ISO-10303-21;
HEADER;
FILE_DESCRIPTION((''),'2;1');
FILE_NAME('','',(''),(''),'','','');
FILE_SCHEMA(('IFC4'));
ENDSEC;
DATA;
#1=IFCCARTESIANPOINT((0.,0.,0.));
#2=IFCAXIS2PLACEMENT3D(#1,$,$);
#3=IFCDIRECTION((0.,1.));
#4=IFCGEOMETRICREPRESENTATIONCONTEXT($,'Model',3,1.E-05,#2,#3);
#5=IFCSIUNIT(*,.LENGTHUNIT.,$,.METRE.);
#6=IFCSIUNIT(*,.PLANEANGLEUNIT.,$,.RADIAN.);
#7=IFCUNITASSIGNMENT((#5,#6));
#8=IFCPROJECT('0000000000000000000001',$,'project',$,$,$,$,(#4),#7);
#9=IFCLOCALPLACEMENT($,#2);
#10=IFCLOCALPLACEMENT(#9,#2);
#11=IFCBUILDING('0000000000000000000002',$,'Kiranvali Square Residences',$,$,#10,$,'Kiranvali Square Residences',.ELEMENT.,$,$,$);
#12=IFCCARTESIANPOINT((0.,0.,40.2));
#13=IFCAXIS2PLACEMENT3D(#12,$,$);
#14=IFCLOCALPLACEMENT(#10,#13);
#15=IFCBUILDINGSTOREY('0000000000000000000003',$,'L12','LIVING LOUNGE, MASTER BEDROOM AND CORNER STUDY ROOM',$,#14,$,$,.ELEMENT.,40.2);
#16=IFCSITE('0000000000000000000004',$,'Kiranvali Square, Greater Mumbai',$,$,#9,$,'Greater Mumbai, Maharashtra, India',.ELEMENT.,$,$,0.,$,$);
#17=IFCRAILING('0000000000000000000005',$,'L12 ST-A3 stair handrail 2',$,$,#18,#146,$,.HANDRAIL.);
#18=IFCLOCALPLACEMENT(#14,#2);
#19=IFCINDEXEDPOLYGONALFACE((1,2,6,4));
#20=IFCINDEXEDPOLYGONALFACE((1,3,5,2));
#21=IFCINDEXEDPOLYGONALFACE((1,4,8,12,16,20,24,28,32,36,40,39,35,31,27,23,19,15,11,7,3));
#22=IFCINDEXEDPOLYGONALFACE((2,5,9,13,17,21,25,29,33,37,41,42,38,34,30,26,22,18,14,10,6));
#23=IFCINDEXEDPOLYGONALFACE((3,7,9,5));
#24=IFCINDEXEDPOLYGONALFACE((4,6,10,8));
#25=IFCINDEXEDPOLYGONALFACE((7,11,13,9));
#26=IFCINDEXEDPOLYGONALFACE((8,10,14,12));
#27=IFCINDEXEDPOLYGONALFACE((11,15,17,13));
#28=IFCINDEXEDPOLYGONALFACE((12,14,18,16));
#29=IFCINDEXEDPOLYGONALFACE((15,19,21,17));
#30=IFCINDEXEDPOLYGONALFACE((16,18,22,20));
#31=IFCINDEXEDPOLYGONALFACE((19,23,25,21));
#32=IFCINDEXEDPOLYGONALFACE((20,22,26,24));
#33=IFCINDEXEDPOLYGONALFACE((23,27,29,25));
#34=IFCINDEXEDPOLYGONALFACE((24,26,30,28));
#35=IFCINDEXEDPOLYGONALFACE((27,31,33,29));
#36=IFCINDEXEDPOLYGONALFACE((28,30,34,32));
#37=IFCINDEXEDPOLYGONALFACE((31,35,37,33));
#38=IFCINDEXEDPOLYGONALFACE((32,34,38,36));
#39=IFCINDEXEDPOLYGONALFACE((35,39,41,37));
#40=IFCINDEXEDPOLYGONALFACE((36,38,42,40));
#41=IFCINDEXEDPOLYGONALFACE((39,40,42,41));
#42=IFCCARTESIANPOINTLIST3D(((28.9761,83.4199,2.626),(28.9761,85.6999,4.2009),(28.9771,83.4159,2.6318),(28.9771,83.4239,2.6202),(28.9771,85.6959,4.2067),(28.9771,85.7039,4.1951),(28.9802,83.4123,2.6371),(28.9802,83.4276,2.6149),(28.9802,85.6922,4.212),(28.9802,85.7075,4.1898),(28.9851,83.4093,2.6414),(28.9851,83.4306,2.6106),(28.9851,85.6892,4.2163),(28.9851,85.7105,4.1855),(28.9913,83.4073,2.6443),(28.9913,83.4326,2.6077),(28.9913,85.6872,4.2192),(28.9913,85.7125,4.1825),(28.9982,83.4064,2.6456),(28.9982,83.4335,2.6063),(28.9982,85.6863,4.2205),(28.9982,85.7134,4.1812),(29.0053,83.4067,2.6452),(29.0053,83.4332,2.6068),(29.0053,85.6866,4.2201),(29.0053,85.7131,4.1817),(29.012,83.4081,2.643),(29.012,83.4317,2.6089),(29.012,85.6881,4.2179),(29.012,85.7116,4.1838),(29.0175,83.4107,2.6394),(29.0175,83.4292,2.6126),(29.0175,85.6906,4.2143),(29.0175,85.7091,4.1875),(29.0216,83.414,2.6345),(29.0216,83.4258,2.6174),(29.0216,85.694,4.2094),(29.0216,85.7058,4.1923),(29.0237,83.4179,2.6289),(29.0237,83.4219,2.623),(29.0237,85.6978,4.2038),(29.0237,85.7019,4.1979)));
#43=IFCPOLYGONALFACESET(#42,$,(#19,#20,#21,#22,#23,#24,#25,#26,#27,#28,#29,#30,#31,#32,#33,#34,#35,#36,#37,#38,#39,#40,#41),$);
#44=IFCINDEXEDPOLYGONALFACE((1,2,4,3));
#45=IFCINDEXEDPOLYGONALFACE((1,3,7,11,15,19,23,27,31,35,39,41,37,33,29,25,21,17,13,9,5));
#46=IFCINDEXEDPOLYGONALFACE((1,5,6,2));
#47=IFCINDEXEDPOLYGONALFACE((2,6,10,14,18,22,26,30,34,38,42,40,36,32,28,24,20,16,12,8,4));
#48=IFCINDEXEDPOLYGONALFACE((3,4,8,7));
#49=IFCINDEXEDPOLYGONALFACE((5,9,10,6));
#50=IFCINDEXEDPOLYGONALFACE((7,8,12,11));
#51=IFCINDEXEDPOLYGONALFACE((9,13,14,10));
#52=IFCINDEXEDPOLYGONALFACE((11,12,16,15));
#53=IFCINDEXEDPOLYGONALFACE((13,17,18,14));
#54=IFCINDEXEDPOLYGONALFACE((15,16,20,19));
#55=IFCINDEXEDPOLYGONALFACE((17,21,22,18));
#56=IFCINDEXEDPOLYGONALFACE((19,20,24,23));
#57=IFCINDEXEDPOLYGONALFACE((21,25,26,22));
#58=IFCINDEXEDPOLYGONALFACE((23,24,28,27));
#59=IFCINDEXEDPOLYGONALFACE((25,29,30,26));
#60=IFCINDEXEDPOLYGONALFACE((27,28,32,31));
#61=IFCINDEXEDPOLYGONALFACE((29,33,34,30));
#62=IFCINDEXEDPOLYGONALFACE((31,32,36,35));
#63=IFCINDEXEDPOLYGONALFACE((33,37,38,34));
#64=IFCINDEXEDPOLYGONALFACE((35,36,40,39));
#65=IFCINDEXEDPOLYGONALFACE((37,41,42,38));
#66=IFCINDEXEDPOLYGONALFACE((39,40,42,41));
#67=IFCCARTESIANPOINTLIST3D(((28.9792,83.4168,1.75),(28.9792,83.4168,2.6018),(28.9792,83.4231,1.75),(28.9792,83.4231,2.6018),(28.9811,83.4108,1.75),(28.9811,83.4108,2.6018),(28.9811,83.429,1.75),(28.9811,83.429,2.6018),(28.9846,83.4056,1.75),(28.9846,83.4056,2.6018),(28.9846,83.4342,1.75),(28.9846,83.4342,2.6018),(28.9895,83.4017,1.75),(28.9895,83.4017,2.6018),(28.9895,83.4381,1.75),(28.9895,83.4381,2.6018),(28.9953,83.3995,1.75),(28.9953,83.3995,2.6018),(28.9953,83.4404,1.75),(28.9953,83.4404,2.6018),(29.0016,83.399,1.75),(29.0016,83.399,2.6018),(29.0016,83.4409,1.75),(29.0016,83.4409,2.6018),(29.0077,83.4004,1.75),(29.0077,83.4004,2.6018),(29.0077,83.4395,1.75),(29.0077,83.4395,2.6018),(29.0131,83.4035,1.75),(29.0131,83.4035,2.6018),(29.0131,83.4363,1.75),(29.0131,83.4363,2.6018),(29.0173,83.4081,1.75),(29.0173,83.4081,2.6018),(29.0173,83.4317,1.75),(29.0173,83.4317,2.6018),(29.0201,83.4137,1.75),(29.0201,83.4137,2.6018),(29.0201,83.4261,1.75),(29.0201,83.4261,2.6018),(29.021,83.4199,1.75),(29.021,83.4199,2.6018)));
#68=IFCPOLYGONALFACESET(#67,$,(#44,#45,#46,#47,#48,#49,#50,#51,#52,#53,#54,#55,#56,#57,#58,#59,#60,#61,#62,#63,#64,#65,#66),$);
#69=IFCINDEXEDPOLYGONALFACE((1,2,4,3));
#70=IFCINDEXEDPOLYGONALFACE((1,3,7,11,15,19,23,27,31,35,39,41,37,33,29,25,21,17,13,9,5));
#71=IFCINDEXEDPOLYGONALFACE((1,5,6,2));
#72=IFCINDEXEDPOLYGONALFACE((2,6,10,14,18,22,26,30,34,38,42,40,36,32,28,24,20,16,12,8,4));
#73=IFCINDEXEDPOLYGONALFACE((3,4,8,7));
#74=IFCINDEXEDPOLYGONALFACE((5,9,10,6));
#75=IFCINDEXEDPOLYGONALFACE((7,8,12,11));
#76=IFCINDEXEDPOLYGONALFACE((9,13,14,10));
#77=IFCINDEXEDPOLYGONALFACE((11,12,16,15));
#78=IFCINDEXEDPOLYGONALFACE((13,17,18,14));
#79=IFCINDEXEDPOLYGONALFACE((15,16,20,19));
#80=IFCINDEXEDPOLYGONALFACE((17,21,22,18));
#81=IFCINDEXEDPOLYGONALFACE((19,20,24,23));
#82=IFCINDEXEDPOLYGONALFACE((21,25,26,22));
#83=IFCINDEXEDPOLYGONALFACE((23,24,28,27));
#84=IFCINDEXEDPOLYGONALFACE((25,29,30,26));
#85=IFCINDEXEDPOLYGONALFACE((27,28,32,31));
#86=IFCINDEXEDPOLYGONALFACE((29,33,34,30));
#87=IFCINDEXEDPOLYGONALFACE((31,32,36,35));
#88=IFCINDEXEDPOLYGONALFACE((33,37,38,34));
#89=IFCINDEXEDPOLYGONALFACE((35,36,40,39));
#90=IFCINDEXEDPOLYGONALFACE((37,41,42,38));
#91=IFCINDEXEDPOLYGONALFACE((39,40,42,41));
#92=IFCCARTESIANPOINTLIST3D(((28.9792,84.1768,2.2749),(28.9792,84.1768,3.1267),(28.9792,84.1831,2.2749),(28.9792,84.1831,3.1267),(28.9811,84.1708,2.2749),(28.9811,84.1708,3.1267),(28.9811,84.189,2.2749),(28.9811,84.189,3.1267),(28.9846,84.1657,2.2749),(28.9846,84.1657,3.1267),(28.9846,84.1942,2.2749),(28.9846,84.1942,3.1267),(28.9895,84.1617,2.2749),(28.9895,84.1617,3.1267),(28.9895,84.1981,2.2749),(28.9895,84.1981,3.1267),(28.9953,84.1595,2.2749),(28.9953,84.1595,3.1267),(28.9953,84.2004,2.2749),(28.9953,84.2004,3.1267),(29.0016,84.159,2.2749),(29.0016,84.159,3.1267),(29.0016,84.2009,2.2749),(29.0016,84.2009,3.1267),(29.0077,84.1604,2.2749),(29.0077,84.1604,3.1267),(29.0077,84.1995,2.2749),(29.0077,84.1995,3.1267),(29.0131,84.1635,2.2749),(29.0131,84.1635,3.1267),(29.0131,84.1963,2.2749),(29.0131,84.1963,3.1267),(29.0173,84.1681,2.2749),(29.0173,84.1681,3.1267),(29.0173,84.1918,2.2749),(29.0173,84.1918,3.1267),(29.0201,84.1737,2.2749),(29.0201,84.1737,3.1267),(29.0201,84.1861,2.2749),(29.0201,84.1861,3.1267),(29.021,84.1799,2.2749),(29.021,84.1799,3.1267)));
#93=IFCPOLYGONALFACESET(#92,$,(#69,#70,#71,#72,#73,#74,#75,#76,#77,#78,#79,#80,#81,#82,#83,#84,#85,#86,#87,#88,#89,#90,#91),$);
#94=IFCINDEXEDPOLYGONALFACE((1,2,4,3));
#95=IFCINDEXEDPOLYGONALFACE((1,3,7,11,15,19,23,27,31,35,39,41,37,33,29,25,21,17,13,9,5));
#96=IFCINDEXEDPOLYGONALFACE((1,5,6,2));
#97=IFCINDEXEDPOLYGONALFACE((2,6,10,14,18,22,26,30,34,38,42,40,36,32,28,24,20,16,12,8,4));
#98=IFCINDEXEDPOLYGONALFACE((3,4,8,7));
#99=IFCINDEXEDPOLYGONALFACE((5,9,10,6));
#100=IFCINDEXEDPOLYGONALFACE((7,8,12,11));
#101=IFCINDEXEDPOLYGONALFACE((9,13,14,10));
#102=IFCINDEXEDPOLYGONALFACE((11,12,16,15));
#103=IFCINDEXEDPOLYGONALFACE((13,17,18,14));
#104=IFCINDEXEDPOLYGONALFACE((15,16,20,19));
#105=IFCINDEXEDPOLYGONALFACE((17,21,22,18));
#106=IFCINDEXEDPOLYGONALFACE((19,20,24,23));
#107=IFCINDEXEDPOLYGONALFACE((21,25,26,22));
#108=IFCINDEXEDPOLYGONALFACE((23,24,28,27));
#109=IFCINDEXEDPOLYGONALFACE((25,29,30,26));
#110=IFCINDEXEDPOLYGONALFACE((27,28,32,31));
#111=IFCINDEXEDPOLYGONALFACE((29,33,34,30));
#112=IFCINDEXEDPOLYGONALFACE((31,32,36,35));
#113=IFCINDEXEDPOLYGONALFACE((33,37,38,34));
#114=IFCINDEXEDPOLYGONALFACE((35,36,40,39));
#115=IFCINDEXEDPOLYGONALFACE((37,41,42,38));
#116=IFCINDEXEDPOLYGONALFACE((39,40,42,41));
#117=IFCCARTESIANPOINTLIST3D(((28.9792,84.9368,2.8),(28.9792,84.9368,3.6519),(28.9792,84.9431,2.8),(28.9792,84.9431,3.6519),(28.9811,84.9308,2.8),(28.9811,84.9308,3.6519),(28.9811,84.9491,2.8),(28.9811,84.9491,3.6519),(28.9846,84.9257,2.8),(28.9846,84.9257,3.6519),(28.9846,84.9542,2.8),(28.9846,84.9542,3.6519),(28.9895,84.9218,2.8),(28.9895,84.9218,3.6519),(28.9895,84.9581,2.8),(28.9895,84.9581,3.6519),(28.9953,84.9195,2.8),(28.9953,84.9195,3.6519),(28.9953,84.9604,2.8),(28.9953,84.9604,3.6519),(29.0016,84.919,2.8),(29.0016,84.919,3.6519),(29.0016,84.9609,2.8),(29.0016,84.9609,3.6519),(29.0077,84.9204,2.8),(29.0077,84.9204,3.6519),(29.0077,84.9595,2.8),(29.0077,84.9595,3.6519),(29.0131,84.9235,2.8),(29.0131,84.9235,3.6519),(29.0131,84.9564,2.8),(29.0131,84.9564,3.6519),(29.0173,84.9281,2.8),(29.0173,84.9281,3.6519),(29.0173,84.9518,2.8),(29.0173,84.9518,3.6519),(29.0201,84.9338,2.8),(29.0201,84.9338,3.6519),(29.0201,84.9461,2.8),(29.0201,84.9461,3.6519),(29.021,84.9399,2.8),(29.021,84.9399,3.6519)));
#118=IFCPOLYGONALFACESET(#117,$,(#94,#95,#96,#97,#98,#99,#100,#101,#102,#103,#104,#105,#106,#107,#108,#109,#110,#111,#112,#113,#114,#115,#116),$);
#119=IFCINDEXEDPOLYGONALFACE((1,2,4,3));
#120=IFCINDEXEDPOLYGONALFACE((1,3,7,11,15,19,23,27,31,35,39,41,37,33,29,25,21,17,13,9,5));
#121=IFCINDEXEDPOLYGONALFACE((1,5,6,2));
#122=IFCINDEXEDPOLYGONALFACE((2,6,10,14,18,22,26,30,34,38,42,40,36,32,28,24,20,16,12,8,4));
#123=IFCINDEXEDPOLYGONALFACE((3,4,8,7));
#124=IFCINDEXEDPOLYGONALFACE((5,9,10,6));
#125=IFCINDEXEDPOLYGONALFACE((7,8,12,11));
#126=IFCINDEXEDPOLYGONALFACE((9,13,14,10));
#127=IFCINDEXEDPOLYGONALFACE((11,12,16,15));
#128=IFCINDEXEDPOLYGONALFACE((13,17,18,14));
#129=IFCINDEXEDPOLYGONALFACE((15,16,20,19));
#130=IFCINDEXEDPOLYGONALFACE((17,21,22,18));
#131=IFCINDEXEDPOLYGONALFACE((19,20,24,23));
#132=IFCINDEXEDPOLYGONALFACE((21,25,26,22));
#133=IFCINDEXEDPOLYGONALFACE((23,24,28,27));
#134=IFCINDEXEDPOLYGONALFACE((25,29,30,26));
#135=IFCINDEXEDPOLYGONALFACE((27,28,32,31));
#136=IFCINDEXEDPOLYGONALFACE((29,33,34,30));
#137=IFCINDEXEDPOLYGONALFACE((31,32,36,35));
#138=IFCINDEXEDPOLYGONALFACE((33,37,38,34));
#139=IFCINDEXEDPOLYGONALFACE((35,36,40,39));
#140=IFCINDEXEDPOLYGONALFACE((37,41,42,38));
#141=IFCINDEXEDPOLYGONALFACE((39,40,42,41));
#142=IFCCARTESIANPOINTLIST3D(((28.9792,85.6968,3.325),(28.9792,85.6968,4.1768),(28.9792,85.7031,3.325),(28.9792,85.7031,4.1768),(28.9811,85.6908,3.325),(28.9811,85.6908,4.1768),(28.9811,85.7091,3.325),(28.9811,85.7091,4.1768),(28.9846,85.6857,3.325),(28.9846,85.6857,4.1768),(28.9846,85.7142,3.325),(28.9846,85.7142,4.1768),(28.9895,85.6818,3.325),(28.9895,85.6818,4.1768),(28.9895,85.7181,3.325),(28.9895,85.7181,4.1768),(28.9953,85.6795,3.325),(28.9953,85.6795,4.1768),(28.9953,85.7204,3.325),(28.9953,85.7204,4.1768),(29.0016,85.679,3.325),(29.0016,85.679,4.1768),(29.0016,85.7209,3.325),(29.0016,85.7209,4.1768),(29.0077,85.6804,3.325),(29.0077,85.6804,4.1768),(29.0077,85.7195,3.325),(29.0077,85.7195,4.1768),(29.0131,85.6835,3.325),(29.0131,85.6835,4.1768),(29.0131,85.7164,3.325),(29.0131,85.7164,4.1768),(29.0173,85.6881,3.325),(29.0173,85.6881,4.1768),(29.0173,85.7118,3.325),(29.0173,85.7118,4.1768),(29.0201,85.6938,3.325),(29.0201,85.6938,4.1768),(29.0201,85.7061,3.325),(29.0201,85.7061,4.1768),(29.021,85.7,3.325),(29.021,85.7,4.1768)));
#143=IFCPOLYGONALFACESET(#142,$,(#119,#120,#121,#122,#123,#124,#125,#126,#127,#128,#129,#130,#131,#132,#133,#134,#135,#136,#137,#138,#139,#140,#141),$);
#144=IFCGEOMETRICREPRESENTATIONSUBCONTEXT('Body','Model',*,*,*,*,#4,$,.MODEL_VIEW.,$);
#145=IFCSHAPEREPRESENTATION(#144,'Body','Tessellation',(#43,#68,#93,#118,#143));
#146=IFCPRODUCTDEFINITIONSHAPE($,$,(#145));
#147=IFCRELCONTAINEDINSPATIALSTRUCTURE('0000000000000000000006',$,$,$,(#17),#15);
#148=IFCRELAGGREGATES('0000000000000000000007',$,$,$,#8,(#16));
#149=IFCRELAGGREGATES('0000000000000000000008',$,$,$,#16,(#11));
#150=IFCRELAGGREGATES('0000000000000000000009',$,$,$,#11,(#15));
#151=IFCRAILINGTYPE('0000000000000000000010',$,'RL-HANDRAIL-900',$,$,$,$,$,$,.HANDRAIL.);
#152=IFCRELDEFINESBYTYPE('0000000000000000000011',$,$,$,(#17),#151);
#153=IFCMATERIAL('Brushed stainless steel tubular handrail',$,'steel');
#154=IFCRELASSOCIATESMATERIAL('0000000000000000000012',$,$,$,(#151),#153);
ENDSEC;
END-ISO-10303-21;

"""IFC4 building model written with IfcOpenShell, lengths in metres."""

from ifc_helpers import new_model, si_unit, direction, frame, origin, origin_2d, place, context, subcontext, project, spatial, circle, extrude, material, type_object, element, save


model = new_model("IFC4")

# Units and contexts
model_context = context("Model", 3, precision=1e-05, world=origin(), true_north=direction((0.0, 1.0)))
body_context = subcontext(model_context, "Body", "Model", "MODEL_VIEW")
ifc_project = project(units=[si_unit("LENGTHUNIT", "METRE"), si_unit("PLANEANGLEUNIT", "RADIAN")], contexts=[model_context])

# Site, building, storey
site_placement = place(None, origin())
site = spatial("IfcSite", under=ifc_project, at=site_placement, Name="Kiranvali Square, Greater Mumbai", LongName="Greater Mumbai, Maharashtra, India", CompositionType="ELEMENT", RefElevation=0.0)
building_placement = place(site_placement, origin())
building = spatial("IfcBuilding", under=site, at=building_placement, Name="Kiranvali Square Residences", LongName="Kiranvali Square Residences", CompositionType="ELEMENT")
storey_placement = place(building_placement, frame((0.0, 0.0, 40.2)))
storey = spatial("IfcBuildingStorey", under=building, at=storey_placement, Name="L12", Description="LIVING LOUNGE, MASTER BEDROOM AND CORNER STUDY ROOM", CompositionType="ELEMENT", Elevation=40.2)

# Railing
ifc_material_1 = material(Name="Brushed stainless steel tubular handrail", Category="steel")
railing_type_1 = type_object("IfcRailingType", Name="RL-HANDRAIL-900", PredefinedType="HANDRAIL", material=ifc_material_1)
railing_1_placement = place(storey_placement, frame((29.0, 83.4199, 1.75)))
element("IfcRailing", 1, at=railing_1_placement, inside=storey, type_object=railing_type_1, Name="L12 ST-A3 stair handrail 2", PredefinedType="HANDRAIL", context=body_context, shape_type="SweptSolid", body=[
    extrude(circle(Radius=0.0239, at=origin_2d()), frame((0.0, 0.0, 0.876), z_axis=(0.0, 0.822788, 0.568348), x_axis=(-1.0, 0.0, 0.0)), (0.0, 0.0, 1.0), 2.771),
    extrude(circle(Radius=0.021, at=origin_2d()), origin(), (0.0, 0.0, 1.0), 0.8518),
    extrude(circle(Radius=0.021, at=origin_2d()), frame((0.0, 0.76, 0.5249)), (0.0, 0.0, 1.0), 0.8518),
    extrude(circle(Radius=0.021, at=origin_2d()), frame((0.0, 1.52, 1.05)), (0.0, 0.0, 1.0), 0.8518),
    extrude(circle(Radius=0.021, at=origin_2d()), frame((0.0, 2.28, 1.575)), (0.0, 0.0, 1.0), 0.8518),
])

save(model, "model.ifc")
